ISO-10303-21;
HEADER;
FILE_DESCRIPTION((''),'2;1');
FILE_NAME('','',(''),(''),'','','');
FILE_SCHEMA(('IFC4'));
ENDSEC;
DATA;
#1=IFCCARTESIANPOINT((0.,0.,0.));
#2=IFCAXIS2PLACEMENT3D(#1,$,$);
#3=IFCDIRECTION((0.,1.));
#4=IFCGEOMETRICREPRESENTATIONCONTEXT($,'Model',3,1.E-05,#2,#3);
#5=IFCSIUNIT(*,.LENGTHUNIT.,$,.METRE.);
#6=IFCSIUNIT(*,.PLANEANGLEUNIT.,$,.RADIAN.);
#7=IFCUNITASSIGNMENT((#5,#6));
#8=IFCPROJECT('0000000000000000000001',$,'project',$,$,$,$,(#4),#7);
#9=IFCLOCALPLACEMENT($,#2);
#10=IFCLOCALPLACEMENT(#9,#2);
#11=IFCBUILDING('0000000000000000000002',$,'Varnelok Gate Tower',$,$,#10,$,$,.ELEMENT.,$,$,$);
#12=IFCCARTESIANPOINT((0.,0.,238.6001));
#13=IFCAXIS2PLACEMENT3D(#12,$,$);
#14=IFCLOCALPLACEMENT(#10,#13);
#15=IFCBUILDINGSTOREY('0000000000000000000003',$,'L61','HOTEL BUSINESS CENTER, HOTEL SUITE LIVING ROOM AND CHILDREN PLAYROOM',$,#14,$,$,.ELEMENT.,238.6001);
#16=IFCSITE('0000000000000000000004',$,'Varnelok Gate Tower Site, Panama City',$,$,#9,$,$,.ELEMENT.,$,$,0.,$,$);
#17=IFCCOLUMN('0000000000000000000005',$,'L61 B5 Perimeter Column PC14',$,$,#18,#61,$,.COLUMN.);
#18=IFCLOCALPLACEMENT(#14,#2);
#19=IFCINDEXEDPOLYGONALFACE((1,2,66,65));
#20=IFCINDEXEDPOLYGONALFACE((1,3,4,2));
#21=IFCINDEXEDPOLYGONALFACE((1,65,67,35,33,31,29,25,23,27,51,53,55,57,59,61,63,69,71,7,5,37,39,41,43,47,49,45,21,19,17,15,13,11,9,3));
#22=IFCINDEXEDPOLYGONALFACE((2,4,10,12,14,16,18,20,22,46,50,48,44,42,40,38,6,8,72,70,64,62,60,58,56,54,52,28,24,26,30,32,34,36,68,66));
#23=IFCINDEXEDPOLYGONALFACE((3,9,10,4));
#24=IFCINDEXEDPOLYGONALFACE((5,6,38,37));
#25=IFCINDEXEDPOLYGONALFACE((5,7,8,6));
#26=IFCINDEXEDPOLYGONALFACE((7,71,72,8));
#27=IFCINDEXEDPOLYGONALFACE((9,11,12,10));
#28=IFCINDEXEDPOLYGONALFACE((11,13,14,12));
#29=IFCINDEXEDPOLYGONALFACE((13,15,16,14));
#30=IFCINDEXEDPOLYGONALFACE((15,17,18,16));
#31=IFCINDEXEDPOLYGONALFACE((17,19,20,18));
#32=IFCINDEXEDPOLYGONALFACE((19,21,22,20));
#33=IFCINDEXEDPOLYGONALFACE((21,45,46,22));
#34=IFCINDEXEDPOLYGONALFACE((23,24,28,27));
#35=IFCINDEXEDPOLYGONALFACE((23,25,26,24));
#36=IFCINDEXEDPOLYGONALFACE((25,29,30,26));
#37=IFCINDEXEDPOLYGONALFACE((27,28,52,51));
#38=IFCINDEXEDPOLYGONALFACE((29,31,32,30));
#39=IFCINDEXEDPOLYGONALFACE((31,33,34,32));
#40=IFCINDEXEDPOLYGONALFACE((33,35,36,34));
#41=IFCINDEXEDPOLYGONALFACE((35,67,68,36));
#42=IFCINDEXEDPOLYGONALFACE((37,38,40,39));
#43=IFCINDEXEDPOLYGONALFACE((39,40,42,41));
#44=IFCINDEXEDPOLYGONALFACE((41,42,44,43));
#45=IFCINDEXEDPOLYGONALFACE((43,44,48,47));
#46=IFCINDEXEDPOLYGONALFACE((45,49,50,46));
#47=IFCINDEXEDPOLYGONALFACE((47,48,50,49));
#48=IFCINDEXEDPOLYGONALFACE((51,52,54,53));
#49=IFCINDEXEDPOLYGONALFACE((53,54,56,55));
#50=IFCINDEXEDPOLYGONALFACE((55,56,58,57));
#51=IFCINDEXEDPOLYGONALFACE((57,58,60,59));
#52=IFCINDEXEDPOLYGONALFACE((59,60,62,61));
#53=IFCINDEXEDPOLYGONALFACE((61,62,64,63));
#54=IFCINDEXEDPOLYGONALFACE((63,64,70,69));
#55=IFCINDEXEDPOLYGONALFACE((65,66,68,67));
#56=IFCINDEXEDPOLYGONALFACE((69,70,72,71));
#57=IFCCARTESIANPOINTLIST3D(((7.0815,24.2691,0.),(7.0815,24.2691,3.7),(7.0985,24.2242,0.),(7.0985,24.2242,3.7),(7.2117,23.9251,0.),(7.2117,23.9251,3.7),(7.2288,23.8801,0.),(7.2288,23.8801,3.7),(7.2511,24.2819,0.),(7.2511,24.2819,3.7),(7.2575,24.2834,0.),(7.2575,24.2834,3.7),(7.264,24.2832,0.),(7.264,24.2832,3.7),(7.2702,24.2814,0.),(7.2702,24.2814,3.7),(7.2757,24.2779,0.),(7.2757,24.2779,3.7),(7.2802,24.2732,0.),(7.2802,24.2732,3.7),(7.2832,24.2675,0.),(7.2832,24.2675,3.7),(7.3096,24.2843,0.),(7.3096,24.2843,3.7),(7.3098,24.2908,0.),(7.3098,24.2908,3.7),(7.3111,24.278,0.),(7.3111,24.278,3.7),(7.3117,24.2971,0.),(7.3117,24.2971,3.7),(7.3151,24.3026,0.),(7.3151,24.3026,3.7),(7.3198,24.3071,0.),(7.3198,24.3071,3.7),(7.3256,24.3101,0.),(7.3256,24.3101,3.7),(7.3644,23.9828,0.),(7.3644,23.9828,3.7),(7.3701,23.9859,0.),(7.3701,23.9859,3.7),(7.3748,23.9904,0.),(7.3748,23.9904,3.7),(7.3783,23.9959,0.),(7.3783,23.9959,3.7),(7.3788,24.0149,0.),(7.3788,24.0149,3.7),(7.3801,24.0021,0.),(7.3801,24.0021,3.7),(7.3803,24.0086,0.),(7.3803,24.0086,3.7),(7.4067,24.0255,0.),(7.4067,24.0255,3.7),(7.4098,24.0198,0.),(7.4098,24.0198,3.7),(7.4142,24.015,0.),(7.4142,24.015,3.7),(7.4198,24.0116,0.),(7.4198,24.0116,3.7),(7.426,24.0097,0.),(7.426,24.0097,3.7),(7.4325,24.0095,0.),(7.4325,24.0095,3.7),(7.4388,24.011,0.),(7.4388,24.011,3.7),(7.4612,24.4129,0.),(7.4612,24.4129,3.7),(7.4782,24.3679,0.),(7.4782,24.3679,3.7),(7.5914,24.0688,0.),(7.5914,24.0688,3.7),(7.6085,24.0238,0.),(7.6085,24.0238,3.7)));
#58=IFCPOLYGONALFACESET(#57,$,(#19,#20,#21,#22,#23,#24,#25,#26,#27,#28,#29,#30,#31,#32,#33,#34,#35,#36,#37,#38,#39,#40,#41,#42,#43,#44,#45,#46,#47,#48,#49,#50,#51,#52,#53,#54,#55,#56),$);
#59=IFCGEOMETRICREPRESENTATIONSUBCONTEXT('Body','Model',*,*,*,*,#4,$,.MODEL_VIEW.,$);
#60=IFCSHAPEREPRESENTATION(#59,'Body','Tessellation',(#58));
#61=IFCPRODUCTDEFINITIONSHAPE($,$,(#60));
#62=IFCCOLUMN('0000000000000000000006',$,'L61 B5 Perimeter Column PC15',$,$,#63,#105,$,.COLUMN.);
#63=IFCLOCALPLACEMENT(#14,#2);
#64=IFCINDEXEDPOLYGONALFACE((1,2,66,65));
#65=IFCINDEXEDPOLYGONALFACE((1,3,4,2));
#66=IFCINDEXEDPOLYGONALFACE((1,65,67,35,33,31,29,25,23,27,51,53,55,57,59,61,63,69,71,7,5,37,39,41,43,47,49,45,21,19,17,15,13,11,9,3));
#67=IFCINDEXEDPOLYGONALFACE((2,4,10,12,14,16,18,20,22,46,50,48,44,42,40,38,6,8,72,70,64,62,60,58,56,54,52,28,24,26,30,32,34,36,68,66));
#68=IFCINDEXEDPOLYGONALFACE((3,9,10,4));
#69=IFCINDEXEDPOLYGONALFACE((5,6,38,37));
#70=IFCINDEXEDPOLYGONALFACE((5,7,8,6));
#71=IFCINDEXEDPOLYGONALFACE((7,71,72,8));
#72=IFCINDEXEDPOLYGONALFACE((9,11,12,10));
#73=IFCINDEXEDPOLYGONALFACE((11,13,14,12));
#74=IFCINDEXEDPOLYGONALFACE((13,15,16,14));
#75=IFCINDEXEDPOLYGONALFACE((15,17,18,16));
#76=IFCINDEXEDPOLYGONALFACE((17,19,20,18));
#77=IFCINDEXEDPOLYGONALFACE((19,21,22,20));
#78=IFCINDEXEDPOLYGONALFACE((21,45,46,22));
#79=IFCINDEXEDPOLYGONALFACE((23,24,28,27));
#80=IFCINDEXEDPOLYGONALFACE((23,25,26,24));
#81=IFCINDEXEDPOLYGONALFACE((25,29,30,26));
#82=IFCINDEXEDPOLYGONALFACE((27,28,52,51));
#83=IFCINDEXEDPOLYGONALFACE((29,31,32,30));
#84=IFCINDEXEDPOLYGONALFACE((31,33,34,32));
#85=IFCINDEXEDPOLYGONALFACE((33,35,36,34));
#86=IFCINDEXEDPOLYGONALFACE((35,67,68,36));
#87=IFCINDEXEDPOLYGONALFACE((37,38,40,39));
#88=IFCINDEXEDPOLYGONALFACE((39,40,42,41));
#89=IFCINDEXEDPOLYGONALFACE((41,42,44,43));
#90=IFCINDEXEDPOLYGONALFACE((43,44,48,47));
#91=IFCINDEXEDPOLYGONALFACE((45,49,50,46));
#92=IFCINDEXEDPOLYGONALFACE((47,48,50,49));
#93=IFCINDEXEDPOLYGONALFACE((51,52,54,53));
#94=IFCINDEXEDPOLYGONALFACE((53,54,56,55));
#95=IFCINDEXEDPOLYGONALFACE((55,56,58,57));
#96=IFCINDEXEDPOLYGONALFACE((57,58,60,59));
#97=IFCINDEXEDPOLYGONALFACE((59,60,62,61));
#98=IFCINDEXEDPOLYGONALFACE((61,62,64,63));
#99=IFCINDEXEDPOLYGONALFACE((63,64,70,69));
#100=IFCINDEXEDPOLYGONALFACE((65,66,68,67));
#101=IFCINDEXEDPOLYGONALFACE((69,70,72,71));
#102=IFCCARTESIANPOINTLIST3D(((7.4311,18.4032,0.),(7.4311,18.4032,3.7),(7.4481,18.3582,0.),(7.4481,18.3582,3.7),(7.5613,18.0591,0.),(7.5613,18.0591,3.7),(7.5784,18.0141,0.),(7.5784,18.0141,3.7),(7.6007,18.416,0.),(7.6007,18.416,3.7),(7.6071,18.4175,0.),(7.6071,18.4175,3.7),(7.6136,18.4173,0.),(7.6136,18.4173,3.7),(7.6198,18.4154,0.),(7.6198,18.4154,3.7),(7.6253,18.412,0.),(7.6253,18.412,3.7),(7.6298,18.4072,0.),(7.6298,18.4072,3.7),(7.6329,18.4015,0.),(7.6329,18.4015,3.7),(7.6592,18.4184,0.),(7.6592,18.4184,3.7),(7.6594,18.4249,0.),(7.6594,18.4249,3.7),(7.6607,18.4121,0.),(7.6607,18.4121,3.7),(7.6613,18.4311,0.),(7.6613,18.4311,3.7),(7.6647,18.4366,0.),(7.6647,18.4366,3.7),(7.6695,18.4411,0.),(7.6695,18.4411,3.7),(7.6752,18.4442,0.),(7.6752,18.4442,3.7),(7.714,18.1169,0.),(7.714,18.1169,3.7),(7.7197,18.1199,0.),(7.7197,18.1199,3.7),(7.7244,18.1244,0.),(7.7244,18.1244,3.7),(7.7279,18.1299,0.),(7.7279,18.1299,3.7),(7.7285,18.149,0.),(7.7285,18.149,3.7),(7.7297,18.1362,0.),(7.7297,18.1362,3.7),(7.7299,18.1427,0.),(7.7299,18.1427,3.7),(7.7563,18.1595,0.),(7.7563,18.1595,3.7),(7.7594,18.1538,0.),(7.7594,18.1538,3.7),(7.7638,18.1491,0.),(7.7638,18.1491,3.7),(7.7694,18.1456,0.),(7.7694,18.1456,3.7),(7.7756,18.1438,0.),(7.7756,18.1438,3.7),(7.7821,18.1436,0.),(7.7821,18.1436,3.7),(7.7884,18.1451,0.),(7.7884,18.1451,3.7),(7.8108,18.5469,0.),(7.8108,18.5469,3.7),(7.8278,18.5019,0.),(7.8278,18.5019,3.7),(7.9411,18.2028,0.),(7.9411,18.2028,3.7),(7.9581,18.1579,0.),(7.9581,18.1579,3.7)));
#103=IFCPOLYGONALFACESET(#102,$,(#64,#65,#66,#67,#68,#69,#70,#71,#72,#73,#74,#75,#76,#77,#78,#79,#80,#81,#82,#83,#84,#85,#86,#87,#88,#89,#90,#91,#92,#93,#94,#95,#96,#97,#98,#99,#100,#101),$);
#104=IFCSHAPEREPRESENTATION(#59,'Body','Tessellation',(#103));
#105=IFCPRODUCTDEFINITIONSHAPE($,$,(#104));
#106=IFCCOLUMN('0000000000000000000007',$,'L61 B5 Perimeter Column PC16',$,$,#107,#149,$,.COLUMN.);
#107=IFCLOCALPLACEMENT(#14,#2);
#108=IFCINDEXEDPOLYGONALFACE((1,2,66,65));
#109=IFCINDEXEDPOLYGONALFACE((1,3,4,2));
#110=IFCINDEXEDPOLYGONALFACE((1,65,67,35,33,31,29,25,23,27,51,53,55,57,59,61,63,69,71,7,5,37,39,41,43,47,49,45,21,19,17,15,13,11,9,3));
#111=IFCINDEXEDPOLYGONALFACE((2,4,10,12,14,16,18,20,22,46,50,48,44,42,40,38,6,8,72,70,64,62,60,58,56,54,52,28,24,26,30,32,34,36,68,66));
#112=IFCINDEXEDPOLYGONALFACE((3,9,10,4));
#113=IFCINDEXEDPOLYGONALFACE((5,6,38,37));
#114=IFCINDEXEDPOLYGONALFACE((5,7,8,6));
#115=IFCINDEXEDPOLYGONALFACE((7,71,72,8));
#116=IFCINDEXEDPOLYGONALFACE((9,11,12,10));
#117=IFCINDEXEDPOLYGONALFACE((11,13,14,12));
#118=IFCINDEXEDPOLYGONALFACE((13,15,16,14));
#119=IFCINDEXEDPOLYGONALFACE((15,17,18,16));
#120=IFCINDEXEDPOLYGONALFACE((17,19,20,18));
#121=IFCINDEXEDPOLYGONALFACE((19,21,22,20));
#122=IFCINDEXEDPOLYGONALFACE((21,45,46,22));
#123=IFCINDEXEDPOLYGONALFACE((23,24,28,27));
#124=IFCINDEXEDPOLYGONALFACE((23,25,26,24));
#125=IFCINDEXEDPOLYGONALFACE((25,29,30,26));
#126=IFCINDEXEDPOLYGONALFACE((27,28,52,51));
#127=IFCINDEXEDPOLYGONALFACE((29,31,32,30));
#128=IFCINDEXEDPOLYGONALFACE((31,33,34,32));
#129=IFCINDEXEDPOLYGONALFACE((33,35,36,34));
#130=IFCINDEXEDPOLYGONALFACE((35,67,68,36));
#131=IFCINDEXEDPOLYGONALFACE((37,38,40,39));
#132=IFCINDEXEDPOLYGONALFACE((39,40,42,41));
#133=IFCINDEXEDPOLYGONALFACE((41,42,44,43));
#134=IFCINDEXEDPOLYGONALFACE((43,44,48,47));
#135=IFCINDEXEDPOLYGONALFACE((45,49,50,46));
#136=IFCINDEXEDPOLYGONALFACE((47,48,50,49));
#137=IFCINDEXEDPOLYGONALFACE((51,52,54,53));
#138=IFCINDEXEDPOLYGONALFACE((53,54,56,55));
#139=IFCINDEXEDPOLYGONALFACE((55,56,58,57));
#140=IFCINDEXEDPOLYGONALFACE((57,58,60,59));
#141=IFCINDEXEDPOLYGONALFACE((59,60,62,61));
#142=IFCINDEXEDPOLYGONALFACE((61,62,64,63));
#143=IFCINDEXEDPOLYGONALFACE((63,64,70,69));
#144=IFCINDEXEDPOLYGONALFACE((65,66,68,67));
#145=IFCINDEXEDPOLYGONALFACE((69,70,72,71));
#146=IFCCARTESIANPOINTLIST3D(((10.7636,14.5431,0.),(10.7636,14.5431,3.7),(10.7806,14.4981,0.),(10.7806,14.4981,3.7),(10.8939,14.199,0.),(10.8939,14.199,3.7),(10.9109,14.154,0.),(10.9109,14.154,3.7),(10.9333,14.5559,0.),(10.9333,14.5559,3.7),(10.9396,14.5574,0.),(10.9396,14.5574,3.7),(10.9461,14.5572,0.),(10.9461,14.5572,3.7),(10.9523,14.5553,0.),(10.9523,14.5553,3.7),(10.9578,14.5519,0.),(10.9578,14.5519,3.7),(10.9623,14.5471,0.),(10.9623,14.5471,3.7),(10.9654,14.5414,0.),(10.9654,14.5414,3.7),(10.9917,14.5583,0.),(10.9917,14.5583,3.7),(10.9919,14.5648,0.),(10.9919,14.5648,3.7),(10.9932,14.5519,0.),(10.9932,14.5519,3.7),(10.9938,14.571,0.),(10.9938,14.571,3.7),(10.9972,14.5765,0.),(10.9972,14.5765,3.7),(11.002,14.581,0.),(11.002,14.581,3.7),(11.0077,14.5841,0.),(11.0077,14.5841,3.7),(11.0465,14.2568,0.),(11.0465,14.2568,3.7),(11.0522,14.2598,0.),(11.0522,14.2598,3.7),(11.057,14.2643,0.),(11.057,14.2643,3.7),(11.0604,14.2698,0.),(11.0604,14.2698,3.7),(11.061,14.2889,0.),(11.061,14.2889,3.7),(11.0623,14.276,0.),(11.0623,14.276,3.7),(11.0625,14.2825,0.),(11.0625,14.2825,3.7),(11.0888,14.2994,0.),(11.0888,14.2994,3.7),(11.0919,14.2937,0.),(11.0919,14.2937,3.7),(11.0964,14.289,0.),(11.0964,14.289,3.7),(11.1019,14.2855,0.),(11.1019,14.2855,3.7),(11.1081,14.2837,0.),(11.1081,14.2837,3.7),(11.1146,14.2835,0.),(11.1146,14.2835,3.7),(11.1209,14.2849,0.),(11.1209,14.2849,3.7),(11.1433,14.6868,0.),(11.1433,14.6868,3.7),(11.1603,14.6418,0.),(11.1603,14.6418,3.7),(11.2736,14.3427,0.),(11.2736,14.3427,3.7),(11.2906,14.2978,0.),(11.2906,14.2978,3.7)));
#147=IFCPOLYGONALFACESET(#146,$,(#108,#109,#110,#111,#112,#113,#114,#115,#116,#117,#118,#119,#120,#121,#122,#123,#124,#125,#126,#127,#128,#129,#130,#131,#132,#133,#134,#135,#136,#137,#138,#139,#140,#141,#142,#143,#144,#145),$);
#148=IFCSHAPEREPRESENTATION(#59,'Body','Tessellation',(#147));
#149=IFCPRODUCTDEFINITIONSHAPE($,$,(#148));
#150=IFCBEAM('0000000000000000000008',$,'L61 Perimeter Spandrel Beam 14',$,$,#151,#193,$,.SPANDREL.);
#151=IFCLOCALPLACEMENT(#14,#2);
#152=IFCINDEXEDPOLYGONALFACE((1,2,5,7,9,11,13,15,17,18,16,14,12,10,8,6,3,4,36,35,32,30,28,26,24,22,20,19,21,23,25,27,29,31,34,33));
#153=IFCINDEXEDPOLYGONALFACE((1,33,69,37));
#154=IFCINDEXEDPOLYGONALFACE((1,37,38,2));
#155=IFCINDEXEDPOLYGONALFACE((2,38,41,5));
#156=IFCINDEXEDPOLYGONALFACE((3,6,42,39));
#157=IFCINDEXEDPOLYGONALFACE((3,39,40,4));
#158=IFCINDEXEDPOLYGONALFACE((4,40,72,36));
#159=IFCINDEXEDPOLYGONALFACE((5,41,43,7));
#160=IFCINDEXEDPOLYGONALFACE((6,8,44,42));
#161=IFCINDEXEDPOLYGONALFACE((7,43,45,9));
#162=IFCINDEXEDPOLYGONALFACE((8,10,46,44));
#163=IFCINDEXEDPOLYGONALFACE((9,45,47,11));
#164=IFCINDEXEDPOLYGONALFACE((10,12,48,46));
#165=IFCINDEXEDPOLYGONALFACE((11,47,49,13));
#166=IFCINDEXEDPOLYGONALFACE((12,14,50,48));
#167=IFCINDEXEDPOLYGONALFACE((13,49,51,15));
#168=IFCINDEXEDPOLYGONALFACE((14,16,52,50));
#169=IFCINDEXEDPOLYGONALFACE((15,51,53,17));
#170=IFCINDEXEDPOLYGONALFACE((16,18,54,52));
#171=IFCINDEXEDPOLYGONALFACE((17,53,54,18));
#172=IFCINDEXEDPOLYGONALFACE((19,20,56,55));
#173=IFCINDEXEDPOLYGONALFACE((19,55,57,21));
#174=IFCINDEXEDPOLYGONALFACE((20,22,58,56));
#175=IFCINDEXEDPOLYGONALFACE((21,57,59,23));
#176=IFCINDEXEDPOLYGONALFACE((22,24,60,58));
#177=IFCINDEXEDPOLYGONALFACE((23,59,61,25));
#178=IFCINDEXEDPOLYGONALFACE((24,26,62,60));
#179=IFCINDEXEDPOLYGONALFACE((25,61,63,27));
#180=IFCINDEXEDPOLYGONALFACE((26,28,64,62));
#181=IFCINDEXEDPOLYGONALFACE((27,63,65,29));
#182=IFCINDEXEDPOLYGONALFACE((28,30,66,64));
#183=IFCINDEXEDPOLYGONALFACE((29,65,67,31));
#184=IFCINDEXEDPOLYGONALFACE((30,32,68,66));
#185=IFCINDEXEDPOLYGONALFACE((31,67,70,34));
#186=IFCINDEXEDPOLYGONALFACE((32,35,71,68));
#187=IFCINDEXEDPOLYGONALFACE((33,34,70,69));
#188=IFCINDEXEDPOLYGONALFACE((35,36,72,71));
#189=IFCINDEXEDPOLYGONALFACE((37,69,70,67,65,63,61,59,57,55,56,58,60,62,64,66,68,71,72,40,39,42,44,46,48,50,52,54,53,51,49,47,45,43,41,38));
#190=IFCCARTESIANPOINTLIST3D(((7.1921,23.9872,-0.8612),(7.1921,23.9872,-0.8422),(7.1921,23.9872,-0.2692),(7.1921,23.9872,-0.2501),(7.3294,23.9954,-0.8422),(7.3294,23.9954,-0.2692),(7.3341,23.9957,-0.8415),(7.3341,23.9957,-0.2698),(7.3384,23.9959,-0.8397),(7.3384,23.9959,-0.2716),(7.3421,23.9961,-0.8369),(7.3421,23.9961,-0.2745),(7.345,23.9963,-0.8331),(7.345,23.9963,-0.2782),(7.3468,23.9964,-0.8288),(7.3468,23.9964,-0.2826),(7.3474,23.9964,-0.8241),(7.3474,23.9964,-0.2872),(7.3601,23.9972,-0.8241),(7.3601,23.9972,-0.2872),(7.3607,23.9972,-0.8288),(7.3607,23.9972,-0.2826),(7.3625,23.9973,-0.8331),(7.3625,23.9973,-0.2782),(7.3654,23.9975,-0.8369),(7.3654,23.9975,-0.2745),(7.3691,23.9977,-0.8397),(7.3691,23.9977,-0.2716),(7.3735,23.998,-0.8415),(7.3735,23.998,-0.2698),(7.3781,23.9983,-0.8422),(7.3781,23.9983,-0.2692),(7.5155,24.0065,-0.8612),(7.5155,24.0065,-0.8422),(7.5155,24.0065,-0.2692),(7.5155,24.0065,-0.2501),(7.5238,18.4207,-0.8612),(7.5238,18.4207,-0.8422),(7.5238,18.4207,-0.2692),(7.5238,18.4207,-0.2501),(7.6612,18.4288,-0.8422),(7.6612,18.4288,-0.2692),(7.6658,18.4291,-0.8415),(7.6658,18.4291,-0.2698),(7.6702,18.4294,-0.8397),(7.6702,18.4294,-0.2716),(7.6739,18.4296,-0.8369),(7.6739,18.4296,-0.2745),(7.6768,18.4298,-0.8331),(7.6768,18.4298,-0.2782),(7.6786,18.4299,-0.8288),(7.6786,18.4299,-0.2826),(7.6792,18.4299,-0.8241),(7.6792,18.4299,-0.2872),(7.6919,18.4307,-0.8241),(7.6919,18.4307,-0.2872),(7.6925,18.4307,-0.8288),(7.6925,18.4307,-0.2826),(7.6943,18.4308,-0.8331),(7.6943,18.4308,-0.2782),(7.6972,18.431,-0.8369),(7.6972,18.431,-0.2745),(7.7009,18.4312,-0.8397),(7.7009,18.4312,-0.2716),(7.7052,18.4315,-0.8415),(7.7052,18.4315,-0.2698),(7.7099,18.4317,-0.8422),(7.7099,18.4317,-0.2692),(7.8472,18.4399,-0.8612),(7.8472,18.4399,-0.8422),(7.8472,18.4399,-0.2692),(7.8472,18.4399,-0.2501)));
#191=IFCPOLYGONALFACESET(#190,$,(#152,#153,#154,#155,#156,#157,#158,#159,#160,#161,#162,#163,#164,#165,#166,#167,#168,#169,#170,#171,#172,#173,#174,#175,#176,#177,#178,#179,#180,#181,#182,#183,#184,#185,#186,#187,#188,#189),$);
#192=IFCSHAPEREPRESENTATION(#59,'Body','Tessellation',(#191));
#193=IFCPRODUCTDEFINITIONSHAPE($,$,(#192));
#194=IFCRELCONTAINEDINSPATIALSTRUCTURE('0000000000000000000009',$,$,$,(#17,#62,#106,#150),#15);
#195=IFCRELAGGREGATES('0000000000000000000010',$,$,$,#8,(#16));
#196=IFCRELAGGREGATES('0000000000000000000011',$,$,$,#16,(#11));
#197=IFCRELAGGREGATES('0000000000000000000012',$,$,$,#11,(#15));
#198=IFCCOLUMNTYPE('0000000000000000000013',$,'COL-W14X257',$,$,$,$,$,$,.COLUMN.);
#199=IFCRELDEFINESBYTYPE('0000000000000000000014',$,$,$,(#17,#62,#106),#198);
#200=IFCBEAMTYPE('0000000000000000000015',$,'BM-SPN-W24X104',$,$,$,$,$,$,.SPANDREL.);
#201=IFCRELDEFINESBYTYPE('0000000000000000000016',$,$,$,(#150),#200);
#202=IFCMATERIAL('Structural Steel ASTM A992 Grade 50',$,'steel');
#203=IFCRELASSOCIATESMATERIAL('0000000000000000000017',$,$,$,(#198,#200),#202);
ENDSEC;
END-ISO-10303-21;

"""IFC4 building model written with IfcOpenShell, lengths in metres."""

from ifc_helpers import new_model, si_unit, direction, frame, origin, origin_2d, place, context, subcontext, project, spatial, i_section, extrude, material, material_profile, profile_set, type_object, element, save


model = new_model("IFC4")

# Units and contexts
model_context = context("Model", 3, precision=1e-05, world=origin(), true_north=direction((0.0, 1.0)))
body_context = subcontext(model_context, "Body", "Model", "MODEL_VIEW")
ifc_project = project(units=[si_unit("LENGTHUNIT", "METRE"), si_unit("PLANEANGLEUNIT", "RADIAN")], contexts=[model_context])

# Site, building, storey
site_placement = place(None, origin())
site = spatial("IfcSite", under=ifc_project, at=site_placement, Name="Varnelok Gate Tower Site, Panama City", CompositionType="ELEMENT", RefElevation=0.0)
building_placement = place(site_placement, origin())
building = spatial("IfcBuilding", under=site, at=building_placement, Name="Varnelok Gate Tower", CompositionType="ELEMENT")
storey_placement = place(building_placement, frame((0.0, 0.0, 238.6001)))
storey = spatial("IfcBuildingStorey", under=building, at=storey_placement, Name="L61", Description="HOTEL BUSINESS CENTER, HOTEL SUITE LIVING ROOM AND CHILDREN PLAYROOM", CompositionType="ELEMENT", Elevation=238.6001)

# Columns
ifc_material_1 = material(Name="Structural Steel ASTM A992 Grade 50", Category="steel")
ifc_material_profile_1 = material_profile(ifc_material_1, i_section(OverallWidth=0.406, OverallDepth=0.416, WebThickness=0.0298, FlangeThickness=0.0481, FilletRadius=0.0249, at=origin_2d()), Name="W14X257")
ifc_profile_set_1 = profile_set([ifc_material_profile_1], Name="Structural Steel ASTM A992 Grade 50")
column_type = type_object("IfcColumnType", Name="COL-W14X257", PredefinedType="COLUMN", material=ifc_profile_set_1)
for number, where, z_axis, x_axis, name in (
    (1, (7.345, 24.1465, 0.0), (0.0, 0.0, 1.0), (0.935222, 0.354063, 0.0), "L61 B5 Perimeter Column PC14"),
    (2, (7.6946, 18.2805, 0.0), (0.0, 0.0, 1.0), (0.935222, 0.354063, 0.0), "L61 B5 Perimeter Column PC15"),
    (3, (11.0271, 14.4204, 0.0), (0.0, 0.0, 1.0), (0.935222, 0.354063, 0.0), "L61 B5 Perimeter Column PC16"),
):
    element("IfcColumn", number, at=place(storey_placement, frame(where, z_axis=z_axis, x_axis=x_axis)), inside=storey, type_object=column_type, Name=name, PredefinedType="COLUMN", context=body_context, shape_type="SweptSolid", body=[
        extrude(i_section(OverallWidth=0.406, OverallDepth=0.416, WebThickness=0.0298, FlangeThickness=0.0481, FilletRadius=0.0249, at=origin_2d()), origin(), (0.0, 0.0, 1.0), 3.7),
    ])

# Beam
ifc_material_profile_2 = material_profile(ifc_material_1, i_section(OverallWidth=0.324, OverallDepth=0.6111, WebThickness=0.0127, FlangeThickness=0.019, FilletRadius=0.0181, at=origin_2d()), Name="W24X104")
ifc_profile_set_2 = profile_set([ifc_material_profile_2], Name="Structural Steel ASTM A992 Grade 50")
beam_type = type_object("IfcBeamType", Name="BM-SPN-W24X104", PredefinedType="SPANDREL", material=ifc_profile_set_2)
beam_1_placement = place(storey_placement, frame((7.3538, 23.9968, -0.5557), z_axis=(0.059497, -0.998228, 0.0), x_axis=(0.998228, 0.059497, 0.0)))
element("IfcBeam", 4, at=beam_1_placement, inside=storey, type_object=beam_type, Name="L61 Perimeter Spandrel Beam 14", PredefinedType="SPANDREL", context=body_context, shape_type="SweptSolid", body=[
    extrude(i_section(OverallWidth=0.324, OverallDepth=0.6111, WebThickness=0.0127, FlangeThickness=0.019, FilletRadius=0.0181, at=origin_2d()), origin(), (0.0, 0.0, 1.0), 5.5764),
])

save(model, "model.ifc")
